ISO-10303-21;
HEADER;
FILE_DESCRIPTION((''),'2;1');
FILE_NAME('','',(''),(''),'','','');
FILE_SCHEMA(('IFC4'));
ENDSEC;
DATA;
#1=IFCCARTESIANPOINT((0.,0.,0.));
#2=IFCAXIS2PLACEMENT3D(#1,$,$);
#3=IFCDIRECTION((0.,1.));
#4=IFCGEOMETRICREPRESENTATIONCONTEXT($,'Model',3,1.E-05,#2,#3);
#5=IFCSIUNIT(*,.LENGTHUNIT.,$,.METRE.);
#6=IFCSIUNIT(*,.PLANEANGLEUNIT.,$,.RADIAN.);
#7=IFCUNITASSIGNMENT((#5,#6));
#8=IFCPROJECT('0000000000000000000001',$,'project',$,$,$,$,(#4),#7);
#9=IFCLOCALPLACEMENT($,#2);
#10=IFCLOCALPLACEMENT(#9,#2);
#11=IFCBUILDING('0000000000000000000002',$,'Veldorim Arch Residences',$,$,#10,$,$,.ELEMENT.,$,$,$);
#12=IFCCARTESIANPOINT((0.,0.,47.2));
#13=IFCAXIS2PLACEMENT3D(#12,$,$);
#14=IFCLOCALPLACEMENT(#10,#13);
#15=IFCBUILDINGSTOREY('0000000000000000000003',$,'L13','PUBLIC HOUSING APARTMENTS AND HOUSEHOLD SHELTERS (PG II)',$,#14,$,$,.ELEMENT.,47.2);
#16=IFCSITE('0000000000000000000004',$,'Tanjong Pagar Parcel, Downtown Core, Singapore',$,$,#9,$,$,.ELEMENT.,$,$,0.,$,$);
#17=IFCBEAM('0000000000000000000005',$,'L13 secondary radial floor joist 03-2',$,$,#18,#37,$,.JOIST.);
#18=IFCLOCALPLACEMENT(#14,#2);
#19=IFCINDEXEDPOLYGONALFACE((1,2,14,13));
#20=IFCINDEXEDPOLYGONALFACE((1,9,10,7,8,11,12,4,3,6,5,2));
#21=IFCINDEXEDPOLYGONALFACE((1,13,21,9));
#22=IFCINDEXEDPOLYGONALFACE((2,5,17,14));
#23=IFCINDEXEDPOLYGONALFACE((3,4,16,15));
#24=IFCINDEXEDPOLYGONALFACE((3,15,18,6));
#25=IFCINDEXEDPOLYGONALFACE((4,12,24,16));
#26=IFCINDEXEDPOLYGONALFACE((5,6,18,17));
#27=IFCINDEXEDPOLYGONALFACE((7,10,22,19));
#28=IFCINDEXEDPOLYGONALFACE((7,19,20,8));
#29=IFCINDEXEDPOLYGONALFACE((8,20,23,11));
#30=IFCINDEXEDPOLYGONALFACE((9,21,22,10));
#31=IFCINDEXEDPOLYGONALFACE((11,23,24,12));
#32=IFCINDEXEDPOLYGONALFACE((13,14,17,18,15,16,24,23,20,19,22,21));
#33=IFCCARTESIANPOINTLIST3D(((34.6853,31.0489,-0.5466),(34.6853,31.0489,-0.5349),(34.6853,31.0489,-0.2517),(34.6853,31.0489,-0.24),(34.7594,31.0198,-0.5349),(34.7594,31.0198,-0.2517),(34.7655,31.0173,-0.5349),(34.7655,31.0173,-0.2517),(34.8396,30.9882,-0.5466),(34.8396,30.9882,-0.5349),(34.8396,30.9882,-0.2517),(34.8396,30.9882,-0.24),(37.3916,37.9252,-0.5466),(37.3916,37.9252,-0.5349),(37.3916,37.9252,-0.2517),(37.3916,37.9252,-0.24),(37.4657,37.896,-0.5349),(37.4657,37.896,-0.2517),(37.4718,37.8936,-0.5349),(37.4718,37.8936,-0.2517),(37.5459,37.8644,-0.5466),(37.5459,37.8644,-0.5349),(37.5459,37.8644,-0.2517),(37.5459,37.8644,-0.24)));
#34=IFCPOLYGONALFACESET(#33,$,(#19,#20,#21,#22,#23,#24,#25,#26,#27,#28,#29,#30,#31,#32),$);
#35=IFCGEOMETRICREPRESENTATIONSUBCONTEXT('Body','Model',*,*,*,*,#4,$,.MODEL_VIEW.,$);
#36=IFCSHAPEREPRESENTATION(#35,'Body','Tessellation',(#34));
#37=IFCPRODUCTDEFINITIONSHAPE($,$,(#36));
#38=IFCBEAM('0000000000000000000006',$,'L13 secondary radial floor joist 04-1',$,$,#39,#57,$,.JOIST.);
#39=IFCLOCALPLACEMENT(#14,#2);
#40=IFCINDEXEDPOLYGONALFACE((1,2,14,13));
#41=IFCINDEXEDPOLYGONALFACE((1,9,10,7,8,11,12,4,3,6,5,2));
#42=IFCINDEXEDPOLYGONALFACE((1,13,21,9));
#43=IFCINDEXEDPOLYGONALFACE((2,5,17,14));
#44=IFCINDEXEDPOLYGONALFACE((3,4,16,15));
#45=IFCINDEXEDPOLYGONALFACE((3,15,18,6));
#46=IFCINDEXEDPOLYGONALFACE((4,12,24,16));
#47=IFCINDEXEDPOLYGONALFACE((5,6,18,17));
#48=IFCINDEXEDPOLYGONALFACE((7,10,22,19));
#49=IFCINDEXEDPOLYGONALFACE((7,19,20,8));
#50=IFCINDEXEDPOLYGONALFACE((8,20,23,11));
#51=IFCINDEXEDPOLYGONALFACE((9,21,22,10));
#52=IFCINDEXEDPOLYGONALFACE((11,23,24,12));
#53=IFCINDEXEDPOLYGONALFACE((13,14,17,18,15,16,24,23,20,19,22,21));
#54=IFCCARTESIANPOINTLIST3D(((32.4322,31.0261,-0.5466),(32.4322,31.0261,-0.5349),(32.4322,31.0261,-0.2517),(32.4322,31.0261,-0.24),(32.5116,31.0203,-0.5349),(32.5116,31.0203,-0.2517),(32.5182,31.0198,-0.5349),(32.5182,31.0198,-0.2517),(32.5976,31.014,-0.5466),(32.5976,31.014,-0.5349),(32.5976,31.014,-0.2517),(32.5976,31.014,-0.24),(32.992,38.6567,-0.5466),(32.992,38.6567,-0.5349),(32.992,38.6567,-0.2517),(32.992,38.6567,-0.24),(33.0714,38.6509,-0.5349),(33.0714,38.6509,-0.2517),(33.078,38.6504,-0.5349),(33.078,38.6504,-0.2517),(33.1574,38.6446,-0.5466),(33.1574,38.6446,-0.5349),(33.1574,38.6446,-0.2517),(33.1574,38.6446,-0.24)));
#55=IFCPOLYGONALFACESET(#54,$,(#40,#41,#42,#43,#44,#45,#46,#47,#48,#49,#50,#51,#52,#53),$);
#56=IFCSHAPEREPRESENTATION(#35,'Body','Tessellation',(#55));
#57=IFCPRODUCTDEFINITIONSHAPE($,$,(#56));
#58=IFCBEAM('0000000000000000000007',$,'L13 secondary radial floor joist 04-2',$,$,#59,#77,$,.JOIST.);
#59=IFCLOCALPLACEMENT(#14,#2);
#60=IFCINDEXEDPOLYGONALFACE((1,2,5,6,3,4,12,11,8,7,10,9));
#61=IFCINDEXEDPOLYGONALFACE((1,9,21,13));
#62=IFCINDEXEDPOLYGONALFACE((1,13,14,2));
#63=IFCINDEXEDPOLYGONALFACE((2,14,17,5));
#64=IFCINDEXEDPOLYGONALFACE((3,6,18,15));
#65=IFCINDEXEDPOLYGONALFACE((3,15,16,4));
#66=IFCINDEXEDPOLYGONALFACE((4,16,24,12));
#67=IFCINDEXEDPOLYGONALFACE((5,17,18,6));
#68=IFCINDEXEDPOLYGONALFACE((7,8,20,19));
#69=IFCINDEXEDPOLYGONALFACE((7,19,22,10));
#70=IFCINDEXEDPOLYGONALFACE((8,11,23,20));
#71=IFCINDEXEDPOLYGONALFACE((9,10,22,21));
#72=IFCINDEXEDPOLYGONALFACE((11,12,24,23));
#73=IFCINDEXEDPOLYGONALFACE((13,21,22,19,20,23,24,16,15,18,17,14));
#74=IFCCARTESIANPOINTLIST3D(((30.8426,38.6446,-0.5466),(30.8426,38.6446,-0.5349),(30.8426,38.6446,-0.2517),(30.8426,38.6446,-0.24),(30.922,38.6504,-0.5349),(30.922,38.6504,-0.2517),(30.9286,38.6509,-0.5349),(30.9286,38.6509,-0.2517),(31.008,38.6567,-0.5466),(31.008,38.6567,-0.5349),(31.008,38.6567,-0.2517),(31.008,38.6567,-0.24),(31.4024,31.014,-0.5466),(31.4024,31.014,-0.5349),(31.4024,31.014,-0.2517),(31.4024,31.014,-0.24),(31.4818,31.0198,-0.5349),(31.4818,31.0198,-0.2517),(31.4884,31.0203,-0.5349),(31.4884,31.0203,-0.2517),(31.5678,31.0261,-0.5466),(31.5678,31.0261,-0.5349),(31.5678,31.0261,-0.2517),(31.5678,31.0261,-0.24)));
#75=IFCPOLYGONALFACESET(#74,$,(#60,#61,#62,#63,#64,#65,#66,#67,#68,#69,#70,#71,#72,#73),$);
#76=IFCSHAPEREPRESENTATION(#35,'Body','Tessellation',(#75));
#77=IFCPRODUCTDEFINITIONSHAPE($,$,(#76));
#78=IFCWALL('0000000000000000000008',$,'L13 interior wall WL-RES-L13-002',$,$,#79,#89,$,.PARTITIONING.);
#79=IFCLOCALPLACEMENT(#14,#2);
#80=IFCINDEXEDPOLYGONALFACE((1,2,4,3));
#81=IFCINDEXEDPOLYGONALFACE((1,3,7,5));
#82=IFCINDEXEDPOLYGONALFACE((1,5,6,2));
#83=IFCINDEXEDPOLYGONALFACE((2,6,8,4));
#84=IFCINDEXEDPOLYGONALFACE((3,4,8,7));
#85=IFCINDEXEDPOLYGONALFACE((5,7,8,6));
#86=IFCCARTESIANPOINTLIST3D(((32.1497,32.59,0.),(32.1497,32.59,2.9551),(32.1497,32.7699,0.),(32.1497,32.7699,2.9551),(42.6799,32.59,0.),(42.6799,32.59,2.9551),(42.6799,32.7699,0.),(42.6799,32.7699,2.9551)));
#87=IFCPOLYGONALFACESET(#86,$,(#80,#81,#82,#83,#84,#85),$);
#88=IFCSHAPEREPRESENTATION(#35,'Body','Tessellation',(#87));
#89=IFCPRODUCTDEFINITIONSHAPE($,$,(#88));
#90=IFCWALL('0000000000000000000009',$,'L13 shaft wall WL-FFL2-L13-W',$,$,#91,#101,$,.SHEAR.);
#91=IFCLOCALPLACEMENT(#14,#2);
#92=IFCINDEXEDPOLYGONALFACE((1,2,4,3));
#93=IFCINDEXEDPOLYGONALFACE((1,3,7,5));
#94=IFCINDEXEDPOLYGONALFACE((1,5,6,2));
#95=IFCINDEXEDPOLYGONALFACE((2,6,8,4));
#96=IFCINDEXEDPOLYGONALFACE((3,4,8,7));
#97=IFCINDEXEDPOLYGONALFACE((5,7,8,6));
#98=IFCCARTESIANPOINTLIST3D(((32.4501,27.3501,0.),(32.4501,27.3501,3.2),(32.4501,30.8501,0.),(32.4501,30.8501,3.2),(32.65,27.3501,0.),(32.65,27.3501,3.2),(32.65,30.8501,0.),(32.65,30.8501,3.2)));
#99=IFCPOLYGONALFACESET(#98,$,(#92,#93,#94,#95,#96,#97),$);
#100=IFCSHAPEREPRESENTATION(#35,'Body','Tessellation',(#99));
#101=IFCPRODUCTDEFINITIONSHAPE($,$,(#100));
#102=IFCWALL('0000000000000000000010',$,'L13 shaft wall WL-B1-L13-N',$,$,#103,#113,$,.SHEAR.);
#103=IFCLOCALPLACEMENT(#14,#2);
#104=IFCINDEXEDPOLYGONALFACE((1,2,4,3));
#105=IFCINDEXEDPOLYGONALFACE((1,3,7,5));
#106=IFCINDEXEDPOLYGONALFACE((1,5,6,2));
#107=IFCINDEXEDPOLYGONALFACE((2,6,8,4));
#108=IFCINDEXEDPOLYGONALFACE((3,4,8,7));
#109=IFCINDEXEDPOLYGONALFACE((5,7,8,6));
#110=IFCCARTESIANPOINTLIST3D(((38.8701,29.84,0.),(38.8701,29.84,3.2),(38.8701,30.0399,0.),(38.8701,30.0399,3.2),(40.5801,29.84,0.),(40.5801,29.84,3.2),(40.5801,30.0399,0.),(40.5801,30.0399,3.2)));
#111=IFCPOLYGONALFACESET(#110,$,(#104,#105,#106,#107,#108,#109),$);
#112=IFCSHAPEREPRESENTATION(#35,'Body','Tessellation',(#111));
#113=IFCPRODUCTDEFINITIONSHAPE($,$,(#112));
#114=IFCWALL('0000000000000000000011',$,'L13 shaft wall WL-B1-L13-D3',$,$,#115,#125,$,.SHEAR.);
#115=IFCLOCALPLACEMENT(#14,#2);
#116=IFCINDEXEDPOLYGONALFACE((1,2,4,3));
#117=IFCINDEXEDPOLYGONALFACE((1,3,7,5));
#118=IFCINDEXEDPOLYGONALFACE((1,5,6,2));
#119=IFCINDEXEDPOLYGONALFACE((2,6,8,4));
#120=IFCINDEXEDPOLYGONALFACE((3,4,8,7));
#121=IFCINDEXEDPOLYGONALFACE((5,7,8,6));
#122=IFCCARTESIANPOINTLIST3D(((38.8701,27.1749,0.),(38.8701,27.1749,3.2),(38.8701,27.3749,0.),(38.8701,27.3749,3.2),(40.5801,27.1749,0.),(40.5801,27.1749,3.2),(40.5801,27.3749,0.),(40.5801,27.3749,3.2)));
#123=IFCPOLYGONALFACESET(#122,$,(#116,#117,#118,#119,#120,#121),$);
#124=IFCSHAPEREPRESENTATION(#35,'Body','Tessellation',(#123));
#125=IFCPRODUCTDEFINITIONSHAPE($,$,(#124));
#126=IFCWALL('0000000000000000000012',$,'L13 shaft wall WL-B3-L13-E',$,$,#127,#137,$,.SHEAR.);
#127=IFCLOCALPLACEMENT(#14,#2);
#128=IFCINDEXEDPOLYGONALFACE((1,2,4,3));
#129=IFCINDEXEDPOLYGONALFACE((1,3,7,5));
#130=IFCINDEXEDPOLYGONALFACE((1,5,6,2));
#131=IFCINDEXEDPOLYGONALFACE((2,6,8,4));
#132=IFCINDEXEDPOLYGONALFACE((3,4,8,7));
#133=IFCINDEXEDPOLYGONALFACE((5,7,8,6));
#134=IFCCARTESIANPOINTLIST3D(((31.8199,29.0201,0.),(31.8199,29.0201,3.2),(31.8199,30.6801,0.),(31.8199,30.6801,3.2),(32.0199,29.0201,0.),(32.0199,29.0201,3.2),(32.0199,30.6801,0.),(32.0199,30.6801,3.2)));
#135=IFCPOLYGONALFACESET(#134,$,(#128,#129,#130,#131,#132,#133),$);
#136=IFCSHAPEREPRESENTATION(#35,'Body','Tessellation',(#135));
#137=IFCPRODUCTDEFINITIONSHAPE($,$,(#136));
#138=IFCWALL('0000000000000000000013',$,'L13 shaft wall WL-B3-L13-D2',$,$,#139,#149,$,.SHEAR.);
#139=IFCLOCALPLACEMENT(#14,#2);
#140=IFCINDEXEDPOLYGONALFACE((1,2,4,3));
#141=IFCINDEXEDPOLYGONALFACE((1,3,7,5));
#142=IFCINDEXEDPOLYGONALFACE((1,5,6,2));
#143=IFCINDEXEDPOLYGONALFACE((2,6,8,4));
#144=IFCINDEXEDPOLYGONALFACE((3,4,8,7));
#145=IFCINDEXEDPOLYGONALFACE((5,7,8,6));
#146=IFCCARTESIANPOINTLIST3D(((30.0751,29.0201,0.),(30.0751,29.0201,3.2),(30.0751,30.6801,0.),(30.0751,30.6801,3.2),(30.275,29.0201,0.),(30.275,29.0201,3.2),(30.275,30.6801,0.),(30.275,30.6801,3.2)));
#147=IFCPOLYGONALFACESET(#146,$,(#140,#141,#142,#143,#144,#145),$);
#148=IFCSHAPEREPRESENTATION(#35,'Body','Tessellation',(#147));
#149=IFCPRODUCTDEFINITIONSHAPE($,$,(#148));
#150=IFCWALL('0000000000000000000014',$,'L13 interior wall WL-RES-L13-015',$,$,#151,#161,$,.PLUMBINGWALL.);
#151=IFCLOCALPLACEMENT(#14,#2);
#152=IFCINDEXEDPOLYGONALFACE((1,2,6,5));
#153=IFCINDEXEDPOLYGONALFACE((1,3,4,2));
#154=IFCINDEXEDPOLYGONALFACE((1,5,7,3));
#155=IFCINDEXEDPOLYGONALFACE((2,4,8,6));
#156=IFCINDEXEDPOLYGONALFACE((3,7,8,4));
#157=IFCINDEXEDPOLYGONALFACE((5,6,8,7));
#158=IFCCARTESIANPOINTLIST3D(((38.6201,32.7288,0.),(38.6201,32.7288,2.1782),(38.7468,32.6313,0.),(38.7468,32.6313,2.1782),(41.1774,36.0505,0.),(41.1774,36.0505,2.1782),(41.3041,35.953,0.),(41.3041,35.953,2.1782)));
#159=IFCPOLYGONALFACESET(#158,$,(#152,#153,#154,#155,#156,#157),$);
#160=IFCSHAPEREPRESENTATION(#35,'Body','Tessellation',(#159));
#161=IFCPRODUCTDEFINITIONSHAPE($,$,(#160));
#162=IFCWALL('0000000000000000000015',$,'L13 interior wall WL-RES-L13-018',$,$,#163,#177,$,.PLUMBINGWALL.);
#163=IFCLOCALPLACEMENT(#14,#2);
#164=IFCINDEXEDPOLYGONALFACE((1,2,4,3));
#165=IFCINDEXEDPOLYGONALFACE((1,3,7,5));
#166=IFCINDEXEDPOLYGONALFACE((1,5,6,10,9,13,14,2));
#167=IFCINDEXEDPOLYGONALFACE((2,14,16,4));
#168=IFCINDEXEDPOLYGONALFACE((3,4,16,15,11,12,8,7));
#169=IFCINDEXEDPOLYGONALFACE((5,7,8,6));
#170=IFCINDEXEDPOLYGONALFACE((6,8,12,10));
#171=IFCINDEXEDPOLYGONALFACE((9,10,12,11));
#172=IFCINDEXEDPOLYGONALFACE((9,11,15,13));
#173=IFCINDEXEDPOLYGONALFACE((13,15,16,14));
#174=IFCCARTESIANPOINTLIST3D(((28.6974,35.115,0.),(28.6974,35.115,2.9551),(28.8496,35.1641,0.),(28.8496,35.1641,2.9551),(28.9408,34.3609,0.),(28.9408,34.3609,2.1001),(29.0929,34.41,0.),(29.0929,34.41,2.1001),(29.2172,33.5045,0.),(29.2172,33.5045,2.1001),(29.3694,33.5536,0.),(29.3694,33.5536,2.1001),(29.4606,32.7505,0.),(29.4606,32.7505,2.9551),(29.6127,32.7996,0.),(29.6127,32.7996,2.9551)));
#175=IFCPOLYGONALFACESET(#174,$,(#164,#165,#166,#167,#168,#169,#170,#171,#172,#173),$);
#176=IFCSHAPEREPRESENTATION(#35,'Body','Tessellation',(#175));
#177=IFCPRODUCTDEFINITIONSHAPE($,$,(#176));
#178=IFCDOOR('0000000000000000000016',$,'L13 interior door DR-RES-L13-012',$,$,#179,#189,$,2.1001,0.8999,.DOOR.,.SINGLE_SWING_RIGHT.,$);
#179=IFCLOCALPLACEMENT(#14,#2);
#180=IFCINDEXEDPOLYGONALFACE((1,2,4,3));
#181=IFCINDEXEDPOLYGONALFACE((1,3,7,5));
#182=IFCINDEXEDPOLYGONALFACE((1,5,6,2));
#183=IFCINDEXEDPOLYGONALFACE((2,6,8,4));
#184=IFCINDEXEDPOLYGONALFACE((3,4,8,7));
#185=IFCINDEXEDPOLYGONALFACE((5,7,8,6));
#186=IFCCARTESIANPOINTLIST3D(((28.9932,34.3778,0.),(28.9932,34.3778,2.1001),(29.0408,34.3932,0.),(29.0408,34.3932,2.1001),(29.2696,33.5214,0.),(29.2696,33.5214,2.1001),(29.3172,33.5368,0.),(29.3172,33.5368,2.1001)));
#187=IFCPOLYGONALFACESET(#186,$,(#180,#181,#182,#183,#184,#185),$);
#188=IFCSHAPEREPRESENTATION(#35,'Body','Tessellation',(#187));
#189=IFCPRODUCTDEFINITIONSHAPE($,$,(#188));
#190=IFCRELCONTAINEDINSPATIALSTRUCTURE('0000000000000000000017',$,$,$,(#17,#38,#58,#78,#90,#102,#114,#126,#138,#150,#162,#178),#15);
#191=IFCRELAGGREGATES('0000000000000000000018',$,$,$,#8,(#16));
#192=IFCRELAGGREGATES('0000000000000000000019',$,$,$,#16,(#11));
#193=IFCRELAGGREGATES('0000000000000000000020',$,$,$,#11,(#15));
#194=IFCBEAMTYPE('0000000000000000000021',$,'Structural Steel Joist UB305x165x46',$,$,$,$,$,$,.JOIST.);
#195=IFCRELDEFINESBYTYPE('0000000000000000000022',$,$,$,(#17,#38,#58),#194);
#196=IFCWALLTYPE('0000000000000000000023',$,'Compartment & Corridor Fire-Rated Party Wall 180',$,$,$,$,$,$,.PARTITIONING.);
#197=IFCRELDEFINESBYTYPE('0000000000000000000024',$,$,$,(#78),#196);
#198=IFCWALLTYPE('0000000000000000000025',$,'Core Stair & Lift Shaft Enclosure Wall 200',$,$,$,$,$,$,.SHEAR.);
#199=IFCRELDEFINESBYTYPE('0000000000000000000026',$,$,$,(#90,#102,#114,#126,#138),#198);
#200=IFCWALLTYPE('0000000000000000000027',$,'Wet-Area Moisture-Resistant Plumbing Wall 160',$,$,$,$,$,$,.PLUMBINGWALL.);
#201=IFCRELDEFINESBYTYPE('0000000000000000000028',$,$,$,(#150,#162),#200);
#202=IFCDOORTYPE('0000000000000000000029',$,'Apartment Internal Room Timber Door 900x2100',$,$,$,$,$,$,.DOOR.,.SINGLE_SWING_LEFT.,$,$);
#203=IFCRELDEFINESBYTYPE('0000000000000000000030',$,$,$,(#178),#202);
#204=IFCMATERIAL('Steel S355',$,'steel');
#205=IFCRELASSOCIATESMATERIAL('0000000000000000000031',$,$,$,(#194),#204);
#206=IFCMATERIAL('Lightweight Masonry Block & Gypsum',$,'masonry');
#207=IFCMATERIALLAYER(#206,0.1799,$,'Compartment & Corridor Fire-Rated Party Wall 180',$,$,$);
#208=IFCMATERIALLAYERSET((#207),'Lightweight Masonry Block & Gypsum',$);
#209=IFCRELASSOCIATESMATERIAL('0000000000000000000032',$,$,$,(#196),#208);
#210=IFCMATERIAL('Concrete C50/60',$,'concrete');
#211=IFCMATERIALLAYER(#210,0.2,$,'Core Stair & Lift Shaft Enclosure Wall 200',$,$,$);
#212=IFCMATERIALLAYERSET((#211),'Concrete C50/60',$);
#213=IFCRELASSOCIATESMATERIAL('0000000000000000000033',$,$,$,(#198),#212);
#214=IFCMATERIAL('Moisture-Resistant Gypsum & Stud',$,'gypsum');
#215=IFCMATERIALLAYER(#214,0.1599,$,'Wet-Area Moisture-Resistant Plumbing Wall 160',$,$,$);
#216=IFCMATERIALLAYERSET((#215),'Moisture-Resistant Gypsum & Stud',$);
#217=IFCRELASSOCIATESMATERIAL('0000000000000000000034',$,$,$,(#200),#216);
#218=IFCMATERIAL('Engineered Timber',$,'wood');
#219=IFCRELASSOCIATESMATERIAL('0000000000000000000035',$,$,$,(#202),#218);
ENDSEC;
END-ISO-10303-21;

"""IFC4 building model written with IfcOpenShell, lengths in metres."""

from ifc_helpers import new_model, si_unit, direction, frame, frame_2d, origin, origin_2d, place, context, subcontext, project, spatial, rectangle, i_section, extrude, material, layer, layer_set, material_profile, profile_set, type_object, element, fill, save


model = new_model("IFC4")

# Units and contexts
model_context = context("Model", 3, precision=1e-05, world=origin(), true_north=direction((0.0, 1.0)))
body_context = subcontext(model_context, "Body", "Model", "MODEL_VIEW")
ifc_project = project(units=[si_unit("LENGTHUNIT", "METRE"), si_unit("PLANEANGLEUNIT", "RADIAN")], contexts=[model_context])

# Site, building, storey
site_placement = place(None, origin())
site = spatial("IfcSite", under=ifc_project, at=site_placement, Name="Tanjong Pagar Parcel, Downtown Core, Singapore", CompositionType="ELEMENT", RefElevation=0.0)
building_placement = place(site_placement, origin())
building = spatial("IfcBuilding", under=site, at=building_placement, Name="Veldorim Arch Residences", CompositionType="ELEMENT")
storey_placement = place(building_placement, frame((0.0, 0.0, 47.2)))
storey = spatial("IfcBuildingStorey", under=building, at=storey_placement, Name="L13", Description="PUBLIC HOUSING APARTMENTS AND HOUSEHOLD SHELTERS (PG II)", CompositionType="ELEMENT", Elevation=47.2)

# Beams
ifc_material_1 = material(Name="Steel S355", Category="steel")
ifc_material_profile_1 = material_profile(ifc_material_1, i_section(OverallWidth=0.1658, OverallDepth=0.3066, WebThickness=0.0066, FlangeThickness=0.0117, at=origin_2d()), Name="UB305x165x46")
ifc_profile_set_1 = profile_set([ifc_material_profile_1], Name="Steel S355")
beam_type_1 = type_object("IfcBeamType", Name="Structural Steel Joist UB305x165x46", PredefinedType="JOIST", material=ifc_profile_set_1)
beam_1_placement = place(storey_placement, frame((34.7625, 31.0186, -0.3933), z_axis=(0.36623, 0.930524, 0.0), x_axis=(-0.930524, 0.36623, 0.0)))
element("IfcBeam", 1, at=beam_1_placement, inside=storey, type_object=beam_type_1, Name="L13 secondary radial floor joist 03-2", PredefinedType="JOIST", context=body_context, shape_type="SweptSolid", body=[
    extrude(i_section(OverallWidth=0.1658, OverallDepth=0.3066, WebThickness=0.0066, FlangeThickness=0.0117, at=origin_2d()), origin(), (0.0, 0.0, 1.0), 7.3896),
])
for number, where, z_axis, x_axis, name in (
    (2, (32.5149, 31.02, -0.3933), (0.073168, 0.99732, 0.0), (-0.99732, 0.073168, 0.0), "L13 secondary radial floor joist 04-1"),
    (3, (31.4851, 31.02, -0.3933), (-0.073168, 0.99732, 0.0), (-0.99732, -0.073168, 0.0), "L13 secondary radial floor joist 04-2"),
):
    element("IfcBeam", number, at=place(storey_placement, frame(where, z_axis=z_axis, x_axis=x_axis)), inside=storey, type_object=beam_type_1, Name=name, PredefinedType="JOIST", context=body_context, shape_type="SweptSolid", body=[
        extrude(i_section(OverallWidth=0.1658, OverallDepth=0.3066, WebThickness=0.0066, FlangeThickness=0.0117, at=origin_2d()), origin(), (0.0, 0.0, 1.0), 7.6511),
    ])

# Wall
ifc_material_2 = material(Name="Lightweight Masonry Block & Gypsum", Category="masonry")
ifc_layer_1 = layer(ifc_material_2, 0.1799, Name="Compartment & Corridor Fire-Rated Party Wall 180")
ifc_layer_set_1 = layer_set([ifc_layer_1], Name="Lightweight Masonry Block & Gypsum")
wall_type_1 = type_object("IfcWallType", Name="Compartment & Corridor Fire-Rated Party Wall 180", PredefinedType="PARTITIONING", material=ifc_layer_set_1)
wall_1_placement = place(storey_placement, frame((32.1497, 32.6799, 0.0), z_axis=(0.0, 0.0, 1.0), x_axis=(1.0, 0.0, 0.0)))
element("IfcWall", 4, at=wall_1_placement, inside=storey, type_object=wall_type_1, Name="L13 interior wall WL-RES-L13-002", PredefinedType="PARTITIONING", context=body_context, shape_type="SweptSolid", body=[
    extrude(rectangle(XDim=10.5303, YDim=0.1799, at=frame_2d((5.2651, 0.0))), origin(), (0.0, 0.0, 1.0), 2.9551),
])

# Shared definitions
ifc_material_3 = material(Name="Concrete C50/60", Category="concrete")
ifc_layer_2 = layer(ifc_material_3, 0.2, Name="Core Stair & Lift Shaft Enclosure Wall 200")
ifc_layer_set_2 = layer_set([ifc_layer_2], Name="Concrete C50/60")
wall_type_2 = type_object("IfcWallType", Name="Core Stair & Lift Shaft Enclosure Wall 200", PredefinedType="SHEAR", material=ifc_layer_set_2)

# Wall
wall_2_placement = place(storey_placement, frame((32.55, 27.3501, 0.0), z_axis=(0.0, 0.0, 1.0), x_axis=(0.0, 1.0, 0.0)))
element("IfcWall", 5, at=wall_2_placement, inside=storey, type_object=wall_type_2, Name="L13 shaft wall WL-FFL2-L13-W", PredefinedType="SHEAR", context=body_context, shape_type="SweptSolid", body=[
    extrude(rectangle(XDim=3.5, YDim=0.2, at=frame_2d((1.75, 0.0))), origin(), (0.0, 0.0, 1.0), 3.2),
])

# Walls
for number, where, z_axis, x_axis, name in (
    (6, (38.8701, 29.9399, 0.0), (0.0, 0.0, 1.0), (1.0, 0.0, 0.0), "L13 shaft wall WL-B1-L13-N"),
    (7, (38.8701, 27.2749, 0.0), (0.0, 0.0, 1.0), (1.0, 0.0, 0.0), "L13 shaft wall WL-B1-L13-D3"),
):
    element("IfcWall", number, at=place(storey_placement, frame(where, z_axis=z_axis, x_axis=x_axis)), inside=storey, type_object=wall_type_2, Name=name, PredefinedType="SHEAR", context=body_context, shape_type="SweptSolid", body=[
        extrude(rectangle(XDim=1.71, YDim=0.2, at=frame_2d((0.855, 0.0))), origin(), (0.0, 0.0, 1.0), 3.2),
    ])
for number, where, z_axis, x_axis, name in (
    (8, (31.9199, 29.02, 0.0), (0.0, 0.0, 1.0), (0.0, 1.0, 0.0), "L13 shaft wall WL-B3-L13-E"),
    (9, (30.175, 29.02, 0.0), (0.0, 0.0, 1.0), (0.0, 1.0, 0.0), "L13 shaft wall WL-B3-L13-D2"),
):
    element("IfcWall", number, at=place(storey_placement, frame(where, z_axis=z_axis, x_axis=x_axis)), inside=storey, type_object=wall_type_2, Name=name, PredefinedType="SHEAR", context=body_context, shape_type="SweptSolid", body=[
        extrude(rectangle(XDim=1.6599, YDim=0.2, at=frame_2d((0.8301, 0.0))), origin(), (0.0, 0.0, 1.0), 3.2),
    ])
ifc_material_4 = material(Name="Moisture-Resistant Gypsum & Stud", Category="gypsum")
ifc_layer_3 = layer(ifc_material_4, 0.1599, Name="Wet-Area Moisture-Resistant Plumbing Wall 160")
ifc_layer_set_3 = layer_set([ifc_layer_3], Name="Moisture-Resistant Gypsum & Stud")
wall_type_3 = type_object("IfcWallType", Name="Wet-Area Moisture-Resistant Plumbing Wall 160", PredefinedType="PLUMBINGWALL", material=ifc_layer_set_3)
wall_3_placement = place(storey_placement, frame((38.6833, 32.6799, 0.0), z_axis=(0.0, 0.0, 1.0), x_axis=(0.610034, 0.792375, 0.0)))
element("IfcWall", 10, at=wall_3_placement, inside=storey, type_object=wall_type_3, Name="L13 interior wall WL-RES-L13-015", PredefinedType="PLUMBINGWALL", context=body_context, shape_type="SweptSolid", body=[
    extrude(rectangle(XDim=4.1921, YDim=0.1599, at=frame_2d((2.0962, 0.0))), origin(), (0.0, 0.0, 1.0), 2.1782),
])

# Wall, opening, door
wall_4_placement = place(storey_placement, frame((29.5366, 32.7751, 0.0), z_axis=(0.0, 0.0, 1.0), x_axis=(-0.307164, 0.951657, 0.0)))
wall_4 = element("IfcWall", 11, at=wall_4_placement, inside=storey, type_object=wall_type_3, Name="L13 interior wall WL-RES-L13-018", PredefinedType="PLUMBINGWALL", context=body_context, shape_type="SweptSolid", body=[
    extrude(rectangle(XDim=2.4846, YDim=0.1599, at=frame_2d((1.2422, 0.0))), origin(), (0.0, 0.0, 1.0), 2.9551),
])
opening_1_placement = place(wall_4_placement, frame((0.7922, 0.0, 0.0)))
opening_1 = element("IfcOpeningElement", 12, at=opening_1_placement, cuts=wall_4, PredefinedType="OPENING", context=body_context, shape_type="SweptSolid", body=[
    extrude(rectangle(XDim=0.8999, YDim=2.1001, at=frame_2d((0.45, 1.05))), frame((0.0, 0.0898, 0.0), z_axis=(0.0, -1.0, 0.0), x_axis=(1.0, 0.0, 0.0)), (0.0, 0.0, 1.0), 0.1799),
])
ifc_material_5 = material(Name="Engineered Timber", Category="wood")
door_type_1 = type_object("IfcDoorType", Name="Apartment Internal Room Timber Door 900x2100", OperationType="SINGLE_SWING_LEFT", PredefinedType="DOOR", material=ifc_material_5)
door_1_placement = place(opening_1_placement, origin())
door_1 = element("IfcDoor", 13, at=door_1_placement, inside=storey, type_object=door_type_1, Name="L13 interior door DR-RES-L13-012", OperationType="SINGLE_SWING_RIGHT", OverallHeight=2.1001, OverallWidth=0.8999, PredefinedType="DOOR", context=body_context, shape_type="SweptSolid", body=[
    extrude(rectangle(XDim=0.8999, YDim=2.1001, at=frame_2d((0.45, 1.05))), frame((0.0, 0.0249, 0.0), z_axis=(0.0, -1.0, 0.0), x_axis=(1.0, 0.0, 0.0)), (0.0, 0.0, 1.0), 0.05),
])
fill(opening_1, door_1)

save(model, "model.ifc")
